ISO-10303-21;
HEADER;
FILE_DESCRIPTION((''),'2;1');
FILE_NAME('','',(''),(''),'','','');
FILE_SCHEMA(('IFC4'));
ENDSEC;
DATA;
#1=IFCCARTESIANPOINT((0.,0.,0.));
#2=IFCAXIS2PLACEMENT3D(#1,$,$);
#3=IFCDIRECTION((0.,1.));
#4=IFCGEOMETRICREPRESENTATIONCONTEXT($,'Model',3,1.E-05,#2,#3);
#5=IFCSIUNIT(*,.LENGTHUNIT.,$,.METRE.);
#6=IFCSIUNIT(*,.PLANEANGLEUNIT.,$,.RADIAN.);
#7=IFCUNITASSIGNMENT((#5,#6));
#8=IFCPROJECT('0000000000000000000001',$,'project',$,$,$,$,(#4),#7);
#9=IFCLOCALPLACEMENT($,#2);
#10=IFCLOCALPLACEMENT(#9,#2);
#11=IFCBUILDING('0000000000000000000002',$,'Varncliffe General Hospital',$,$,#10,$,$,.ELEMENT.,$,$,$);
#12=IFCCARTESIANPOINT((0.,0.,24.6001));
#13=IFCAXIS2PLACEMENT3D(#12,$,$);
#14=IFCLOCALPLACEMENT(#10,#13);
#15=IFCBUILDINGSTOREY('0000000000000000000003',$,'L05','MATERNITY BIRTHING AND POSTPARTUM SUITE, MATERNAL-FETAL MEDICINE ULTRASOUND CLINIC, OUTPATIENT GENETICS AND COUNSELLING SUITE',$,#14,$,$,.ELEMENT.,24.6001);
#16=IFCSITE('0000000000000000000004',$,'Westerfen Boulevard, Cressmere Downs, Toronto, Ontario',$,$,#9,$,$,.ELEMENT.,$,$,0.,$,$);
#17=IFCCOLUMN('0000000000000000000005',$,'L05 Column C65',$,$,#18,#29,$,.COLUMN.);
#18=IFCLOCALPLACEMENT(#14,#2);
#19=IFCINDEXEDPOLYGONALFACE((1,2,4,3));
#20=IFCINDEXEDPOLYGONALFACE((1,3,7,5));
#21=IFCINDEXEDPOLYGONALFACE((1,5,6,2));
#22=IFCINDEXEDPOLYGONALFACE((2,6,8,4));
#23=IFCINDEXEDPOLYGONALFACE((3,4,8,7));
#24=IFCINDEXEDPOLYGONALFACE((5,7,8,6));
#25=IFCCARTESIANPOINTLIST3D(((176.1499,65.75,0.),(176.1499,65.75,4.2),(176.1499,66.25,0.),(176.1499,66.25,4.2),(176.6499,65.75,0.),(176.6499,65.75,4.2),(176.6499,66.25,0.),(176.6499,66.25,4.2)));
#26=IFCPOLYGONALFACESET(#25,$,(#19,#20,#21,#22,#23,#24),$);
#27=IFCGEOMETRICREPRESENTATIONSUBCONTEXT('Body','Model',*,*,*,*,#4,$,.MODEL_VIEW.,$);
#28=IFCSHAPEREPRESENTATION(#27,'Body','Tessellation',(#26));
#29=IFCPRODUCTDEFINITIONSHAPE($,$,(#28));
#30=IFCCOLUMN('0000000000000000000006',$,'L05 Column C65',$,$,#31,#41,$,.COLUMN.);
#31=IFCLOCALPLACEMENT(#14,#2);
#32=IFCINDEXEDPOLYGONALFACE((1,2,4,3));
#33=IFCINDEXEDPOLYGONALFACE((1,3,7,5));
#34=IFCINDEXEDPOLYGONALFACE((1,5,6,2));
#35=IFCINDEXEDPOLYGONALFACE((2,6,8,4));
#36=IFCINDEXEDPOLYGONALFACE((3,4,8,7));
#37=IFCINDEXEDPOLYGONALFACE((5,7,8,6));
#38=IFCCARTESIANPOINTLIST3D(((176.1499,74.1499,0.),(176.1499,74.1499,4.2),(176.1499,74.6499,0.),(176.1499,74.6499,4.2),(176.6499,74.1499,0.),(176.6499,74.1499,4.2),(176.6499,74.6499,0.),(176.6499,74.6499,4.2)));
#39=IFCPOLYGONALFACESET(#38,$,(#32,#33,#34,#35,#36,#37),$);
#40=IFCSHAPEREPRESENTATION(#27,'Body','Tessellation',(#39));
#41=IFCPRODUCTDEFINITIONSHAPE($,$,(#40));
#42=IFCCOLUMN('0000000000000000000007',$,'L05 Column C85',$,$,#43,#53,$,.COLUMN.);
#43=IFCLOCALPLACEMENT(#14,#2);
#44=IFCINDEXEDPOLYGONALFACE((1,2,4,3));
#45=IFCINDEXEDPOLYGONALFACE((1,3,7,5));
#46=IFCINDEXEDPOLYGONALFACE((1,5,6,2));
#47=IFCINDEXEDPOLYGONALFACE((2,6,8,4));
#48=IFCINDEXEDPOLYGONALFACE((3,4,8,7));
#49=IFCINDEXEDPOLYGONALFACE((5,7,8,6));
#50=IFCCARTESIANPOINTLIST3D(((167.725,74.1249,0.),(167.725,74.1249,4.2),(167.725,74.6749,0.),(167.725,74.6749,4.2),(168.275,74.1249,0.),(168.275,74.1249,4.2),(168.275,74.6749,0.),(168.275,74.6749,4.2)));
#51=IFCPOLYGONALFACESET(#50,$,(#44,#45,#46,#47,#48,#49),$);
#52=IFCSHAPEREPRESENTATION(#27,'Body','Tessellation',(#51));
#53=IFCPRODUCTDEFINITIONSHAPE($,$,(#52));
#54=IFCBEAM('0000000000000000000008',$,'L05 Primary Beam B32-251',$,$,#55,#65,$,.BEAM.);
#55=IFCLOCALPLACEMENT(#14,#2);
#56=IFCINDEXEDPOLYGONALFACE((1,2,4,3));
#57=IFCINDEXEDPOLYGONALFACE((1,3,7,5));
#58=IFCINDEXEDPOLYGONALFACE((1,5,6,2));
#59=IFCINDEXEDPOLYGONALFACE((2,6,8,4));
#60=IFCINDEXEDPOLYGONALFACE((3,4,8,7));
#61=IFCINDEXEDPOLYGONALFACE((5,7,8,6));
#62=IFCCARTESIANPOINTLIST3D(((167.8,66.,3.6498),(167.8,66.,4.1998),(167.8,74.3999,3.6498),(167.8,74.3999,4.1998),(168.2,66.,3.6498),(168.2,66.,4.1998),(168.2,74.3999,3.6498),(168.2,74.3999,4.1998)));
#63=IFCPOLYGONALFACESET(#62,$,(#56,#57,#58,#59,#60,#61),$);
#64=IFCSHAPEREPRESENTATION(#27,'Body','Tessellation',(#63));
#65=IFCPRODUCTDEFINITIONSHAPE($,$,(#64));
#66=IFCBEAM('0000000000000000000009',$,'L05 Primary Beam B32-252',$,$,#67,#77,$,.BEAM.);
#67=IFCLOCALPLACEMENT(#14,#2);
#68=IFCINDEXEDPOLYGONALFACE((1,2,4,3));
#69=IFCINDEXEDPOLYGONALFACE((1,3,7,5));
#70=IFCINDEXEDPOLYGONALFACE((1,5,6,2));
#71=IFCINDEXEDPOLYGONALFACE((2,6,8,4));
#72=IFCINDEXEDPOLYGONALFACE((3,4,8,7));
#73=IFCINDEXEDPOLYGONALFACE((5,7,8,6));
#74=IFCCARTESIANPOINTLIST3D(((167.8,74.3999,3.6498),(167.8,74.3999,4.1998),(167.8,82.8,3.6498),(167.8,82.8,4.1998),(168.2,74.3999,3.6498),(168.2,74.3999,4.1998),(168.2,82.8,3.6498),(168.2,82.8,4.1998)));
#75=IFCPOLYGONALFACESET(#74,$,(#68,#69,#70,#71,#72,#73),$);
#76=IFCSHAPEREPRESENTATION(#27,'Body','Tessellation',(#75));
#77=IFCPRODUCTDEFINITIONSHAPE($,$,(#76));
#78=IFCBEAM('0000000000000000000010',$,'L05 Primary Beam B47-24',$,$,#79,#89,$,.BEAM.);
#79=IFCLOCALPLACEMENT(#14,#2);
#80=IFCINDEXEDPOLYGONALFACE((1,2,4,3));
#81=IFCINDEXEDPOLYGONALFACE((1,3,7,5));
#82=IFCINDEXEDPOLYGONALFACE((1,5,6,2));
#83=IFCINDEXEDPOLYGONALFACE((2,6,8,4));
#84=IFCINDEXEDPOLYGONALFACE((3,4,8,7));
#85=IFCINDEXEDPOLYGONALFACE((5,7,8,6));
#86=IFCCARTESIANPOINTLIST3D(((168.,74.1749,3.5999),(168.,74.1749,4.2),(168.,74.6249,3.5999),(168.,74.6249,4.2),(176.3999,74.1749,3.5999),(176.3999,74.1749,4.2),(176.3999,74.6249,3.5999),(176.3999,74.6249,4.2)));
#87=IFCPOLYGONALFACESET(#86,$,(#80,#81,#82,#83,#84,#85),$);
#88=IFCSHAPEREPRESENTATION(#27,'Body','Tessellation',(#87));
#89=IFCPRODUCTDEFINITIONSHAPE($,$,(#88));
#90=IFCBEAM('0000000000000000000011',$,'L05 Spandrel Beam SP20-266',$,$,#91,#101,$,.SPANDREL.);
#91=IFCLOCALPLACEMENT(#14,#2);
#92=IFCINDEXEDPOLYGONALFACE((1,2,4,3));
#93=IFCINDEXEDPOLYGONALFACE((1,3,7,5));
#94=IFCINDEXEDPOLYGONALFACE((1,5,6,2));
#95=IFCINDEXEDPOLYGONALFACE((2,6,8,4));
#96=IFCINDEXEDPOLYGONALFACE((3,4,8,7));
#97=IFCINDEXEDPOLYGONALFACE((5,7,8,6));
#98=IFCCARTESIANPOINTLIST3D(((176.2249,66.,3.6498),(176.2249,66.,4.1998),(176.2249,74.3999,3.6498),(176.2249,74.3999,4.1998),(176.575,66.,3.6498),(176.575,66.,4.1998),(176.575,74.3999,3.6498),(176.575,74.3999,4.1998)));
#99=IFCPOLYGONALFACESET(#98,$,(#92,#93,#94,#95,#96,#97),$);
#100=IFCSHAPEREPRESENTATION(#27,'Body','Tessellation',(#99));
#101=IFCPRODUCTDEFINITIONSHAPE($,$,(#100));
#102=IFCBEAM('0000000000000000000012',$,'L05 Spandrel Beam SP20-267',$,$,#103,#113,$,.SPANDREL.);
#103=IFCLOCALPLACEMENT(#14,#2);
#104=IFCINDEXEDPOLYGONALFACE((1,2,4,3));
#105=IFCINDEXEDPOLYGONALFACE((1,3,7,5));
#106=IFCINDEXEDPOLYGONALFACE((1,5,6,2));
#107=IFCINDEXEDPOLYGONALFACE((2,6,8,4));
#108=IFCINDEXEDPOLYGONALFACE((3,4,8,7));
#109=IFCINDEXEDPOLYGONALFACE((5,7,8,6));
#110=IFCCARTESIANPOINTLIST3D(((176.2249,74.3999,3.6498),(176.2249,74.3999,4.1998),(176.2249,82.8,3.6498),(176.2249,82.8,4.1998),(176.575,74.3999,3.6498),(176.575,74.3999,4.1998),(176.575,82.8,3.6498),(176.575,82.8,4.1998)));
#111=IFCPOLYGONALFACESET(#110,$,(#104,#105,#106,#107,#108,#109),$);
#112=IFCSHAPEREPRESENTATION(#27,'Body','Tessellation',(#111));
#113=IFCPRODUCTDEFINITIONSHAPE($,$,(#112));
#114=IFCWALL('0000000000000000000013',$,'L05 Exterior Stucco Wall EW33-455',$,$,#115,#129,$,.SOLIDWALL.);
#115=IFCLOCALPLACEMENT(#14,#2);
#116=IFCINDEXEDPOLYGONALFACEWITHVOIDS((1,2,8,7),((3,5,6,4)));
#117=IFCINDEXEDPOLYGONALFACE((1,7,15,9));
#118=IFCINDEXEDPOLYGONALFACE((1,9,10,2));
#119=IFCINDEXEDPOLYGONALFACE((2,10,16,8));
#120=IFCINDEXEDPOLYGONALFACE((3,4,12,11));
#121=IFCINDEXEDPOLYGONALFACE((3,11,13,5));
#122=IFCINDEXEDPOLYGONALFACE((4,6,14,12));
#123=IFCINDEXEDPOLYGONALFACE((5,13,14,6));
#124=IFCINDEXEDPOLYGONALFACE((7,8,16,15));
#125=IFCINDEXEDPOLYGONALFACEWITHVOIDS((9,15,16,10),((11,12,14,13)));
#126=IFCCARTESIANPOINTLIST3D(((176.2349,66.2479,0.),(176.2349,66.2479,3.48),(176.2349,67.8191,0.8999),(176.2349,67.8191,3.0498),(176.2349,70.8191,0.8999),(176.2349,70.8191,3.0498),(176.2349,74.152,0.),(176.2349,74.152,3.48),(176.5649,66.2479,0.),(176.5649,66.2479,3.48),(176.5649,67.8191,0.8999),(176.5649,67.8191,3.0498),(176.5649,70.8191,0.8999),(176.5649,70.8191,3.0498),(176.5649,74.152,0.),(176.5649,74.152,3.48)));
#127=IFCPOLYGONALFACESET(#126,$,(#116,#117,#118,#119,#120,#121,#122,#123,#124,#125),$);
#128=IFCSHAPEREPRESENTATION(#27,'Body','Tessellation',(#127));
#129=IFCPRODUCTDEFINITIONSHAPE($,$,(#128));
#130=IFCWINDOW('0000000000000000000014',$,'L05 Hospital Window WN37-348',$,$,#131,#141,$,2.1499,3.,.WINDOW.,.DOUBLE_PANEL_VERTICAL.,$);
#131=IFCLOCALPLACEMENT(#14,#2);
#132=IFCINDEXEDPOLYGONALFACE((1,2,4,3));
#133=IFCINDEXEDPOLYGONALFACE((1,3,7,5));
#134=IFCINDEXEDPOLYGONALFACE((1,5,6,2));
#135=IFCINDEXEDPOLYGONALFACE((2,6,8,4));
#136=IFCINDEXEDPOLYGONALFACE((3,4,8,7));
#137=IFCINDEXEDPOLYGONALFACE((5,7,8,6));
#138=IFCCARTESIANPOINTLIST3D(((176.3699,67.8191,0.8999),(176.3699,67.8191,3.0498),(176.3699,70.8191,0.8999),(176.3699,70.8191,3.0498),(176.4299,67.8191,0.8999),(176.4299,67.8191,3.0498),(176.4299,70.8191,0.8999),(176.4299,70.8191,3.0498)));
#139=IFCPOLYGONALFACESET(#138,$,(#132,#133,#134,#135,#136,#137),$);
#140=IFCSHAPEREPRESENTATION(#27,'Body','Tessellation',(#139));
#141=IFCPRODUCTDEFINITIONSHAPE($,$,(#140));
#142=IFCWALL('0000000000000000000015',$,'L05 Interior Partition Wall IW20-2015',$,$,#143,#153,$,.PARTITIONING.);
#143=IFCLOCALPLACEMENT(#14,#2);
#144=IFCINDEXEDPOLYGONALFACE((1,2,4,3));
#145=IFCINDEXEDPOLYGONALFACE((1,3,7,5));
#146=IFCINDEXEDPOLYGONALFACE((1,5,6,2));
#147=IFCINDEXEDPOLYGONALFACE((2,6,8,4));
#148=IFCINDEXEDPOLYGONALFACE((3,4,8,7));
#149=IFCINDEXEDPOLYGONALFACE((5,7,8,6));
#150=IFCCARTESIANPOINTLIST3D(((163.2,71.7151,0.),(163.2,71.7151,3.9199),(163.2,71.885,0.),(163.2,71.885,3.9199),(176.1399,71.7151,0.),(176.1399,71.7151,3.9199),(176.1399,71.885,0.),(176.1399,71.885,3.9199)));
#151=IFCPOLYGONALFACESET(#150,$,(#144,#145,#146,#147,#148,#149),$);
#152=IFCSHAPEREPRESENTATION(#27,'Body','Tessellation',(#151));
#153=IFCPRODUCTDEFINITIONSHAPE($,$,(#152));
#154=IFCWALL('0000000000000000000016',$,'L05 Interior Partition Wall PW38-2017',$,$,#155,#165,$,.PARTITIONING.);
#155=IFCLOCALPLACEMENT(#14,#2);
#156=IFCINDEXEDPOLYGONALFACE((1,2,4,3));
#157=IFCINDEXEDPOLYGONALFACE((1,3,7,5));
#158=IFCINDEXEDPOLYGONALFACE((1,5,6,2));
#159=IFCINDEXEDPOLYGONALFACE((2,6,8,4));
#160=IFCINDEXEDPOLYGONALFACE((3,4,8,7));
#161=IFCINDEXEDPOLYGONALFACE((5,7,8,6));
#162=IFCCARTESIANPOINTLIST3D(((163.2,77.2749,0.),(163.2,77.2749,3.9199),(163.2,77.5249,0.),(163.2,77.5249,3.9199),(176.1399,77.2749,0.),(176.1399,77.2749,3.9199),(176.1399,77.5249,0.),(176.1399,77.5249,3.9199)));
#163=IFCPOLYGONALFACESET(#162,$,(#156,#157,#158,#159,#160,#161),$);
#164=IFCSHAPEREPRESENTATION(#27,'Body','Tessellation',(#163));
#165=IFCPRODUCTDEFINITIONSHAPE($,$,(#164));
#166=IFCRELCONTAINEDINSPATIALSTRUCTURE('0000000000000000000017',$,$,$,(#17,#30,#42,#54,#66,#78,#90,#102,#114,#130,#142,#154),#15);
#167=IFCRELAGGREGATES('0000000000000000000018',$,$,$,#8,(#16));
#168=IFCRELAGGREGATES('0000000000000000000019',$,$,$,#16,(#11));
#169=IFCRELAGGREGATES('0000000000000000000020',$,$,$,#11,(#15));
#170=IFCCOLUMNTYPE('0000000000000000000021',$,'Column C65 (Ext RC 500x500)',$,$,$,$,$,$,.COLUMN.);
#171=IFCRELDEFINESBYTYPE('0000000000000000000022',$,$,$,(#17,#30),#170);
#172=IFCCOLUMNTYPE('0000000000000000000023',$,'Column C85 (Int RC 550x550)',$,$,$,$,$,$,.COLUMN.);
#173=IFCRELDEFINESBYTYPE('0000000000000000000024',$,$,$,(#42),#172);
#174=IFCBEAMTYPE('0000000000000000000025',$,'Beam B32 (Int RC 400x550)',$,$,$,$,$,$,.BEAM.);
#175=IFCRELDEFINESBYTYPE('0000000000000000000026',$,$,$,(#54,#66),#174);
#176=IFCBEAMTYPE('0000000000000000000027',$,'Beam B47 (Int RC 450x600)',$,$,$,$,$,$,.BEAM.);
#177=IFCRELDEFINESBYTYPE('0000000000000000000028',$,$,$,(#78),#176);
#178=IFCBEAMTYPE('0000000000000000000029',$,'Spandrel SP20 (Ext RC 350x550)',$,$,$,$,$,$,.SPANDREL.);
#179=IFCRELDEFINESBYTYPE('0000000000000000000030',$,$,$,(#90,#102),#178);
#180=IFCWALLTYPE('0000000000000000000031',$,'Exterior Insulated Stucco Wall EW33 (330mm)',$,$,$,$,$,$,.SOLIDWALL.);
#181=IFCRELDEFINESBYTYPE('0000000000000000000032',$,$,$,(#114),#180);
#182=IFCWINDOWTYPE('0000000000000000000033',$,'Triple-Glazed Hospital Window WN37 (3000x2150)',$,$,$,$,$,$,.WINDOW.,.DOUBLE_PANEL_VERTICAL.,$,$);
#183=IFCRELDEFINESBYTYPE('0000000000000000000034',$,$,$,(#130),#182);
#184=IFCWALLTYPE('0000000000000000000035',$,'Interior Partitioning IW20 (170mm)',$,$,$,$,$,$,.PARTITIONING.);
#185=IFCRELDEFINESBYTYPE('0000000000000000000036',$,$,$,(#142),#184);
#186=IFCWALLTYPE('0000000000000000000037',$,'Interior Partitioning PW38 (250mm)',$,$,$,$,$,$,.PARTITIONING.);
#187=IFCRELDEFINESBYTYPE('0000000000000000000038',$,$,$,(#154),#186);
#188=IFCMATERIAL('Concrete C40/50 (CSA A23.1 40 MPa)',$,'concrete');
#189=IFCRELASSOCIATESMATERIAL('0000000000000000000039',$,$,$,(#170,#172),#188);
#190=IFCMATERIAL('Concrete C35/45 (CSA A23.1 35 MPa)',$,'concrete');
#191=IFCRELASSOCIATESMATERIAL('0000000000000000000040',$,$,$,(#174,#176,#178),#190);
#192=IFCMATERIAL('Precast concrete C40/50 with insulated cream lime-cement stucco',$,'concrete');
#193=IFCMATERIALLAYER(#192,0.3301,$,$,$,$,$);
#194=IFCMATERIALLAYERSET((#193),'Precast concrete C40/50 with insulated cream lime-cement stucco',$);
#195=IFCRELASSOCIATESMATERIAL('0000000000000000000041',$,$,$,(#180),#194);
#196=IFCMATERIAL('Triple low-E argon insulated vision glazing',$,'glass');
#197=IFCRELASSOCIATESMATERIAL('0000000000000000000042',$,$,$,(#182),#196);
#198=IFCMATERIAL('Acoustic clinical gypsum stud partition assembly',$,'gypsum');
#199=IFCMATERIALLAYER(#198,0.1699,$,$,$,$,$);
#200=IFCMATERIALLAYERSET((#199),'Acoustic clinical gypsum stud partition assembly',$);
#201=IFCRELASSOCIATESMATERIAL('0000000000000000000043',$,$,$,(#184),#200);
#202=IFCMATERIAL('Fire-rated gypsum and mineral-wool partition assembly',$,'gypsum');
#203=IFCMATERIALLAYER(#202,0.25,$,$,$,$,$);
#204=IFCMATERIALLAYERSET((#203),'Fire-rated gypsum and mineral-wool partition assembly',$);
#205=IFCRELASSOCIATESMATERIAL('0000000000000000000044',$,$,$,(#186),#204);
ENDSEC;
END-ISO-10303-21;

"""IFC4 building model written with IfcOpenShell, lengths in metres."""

from ifc_helpers import new_model, si_unit, direction, frame, frame_2d, origin, origin_2d, place, context, subcontext, project, spatial, rectangle, extrude, material, layer, layer_set, material_profile, profile_set, type_object, element, fill, save


model = new_model("IFC4")

# Units and contexts
model_context = context("Model", 3, precision=1e-05, world=origin(), true_north=direction((0.0, 1.0)))
body_context = subcontext(model_context, "Body", "Model", "MODEL_VIEW")
ifc_project = project(units=[si_unit("LENGTHUNIT", "METRE"), si_unit("PLANEANGLEUNIT", "RADIAN")], contexts=[model_context])

# Site, building, storey
site_placement = place(None, origin())
site = spatial("IfcSite", under=ifc_project, at=site_placement, Name="Westerfen Boulevard, Cressmere Downs, Toronto, Ontario", CompositionType="ELEMENT", RefElevation=0.0)
building_placement = place(site_placement, origin())
building = spatial("IfcBuilding", under=site, at=building_placement, Name="Varncliffe General Hospital", CompositionType="ELEMENT")
storey_placement = place(building_placement, frame((0.0, 0.0, 24.6001)))
storey = spatial("IfcBuildingStorey", under=building, at=storey_placement, Name="L05", Description="MATERNITY BIRTHING AND POSTPARTUM SUITE, MATERNAL-FETAL MEDICINE ULTRASOUND CLINIC, OUTPATIENT GENETICS AND COUNSELLING SUITE", CompositionType="ELEMENT", Elevation=24.6001)

# Columns
ifc_material_1 = material(Name="Concrete C40/50 (CSA A23.1 40 MPa)", Category="concrete")
ifc_material_profile_1 = material_profile(ifc_material_1, rectangle(XDim=0.5, YDim=0.5, at=origin_2d()), Name="RC 500x500")
ifc_profile_set_1 = profile_set([ifc_material_profile_1], Name="Concrete C40/50 (CSA A23.1 40 MPa)")
column_type_1 = type_object("IfcColumnType", Name="Column C65 (Ext RC 500x500)", PredefinedType="COLUMN", material=ifc_profile_set_1)
for number, where, z_axis, x_axis, name in (
    (1, (176.3999, 66.0, 0.0), (0.0, 0.0, 1.0), (1.0, 0.0, 0.0), "L05 Column C65"),
    (2, (176.3999, 74.3999, 0.0), (0.0, 0.0, 1.0), (1.0, 0.0, 0.0), "L05 Column C65"),
):
    element("IfcColumn", number, at=place(storey_placement, frame(where, z_axis=z_axis, x_axis=x_axis)), inside=storey, type_object=column_type_1, Name=name, PredefinedType="COLUMN", context=body_context, shape_type="SweptSolid", body=[
        extrude(rectangle(XDim=0.5, YDim=0.5, at=origin_2d()), origin(), (0.0, 0.0, 1.0), 4.2),
    ])
ifc_material_profile_2 = material_profile(ifc_material_1, rectangle(XDim=0.55, YDim=0.55, at=origin_2d()), Name="RC 550x550")
ifc_profile_set_2 = profile_set([ifc_material_profile_2], Name="Concrete C40/50 (CSA A23.1 40 MPa)")
column_type_2 = type_object("IfcColumnType", Name="Column C85 (Int RC 550x550)", PredefinedType="COLUMN", material=ifc_profile_set_2)
column_placement = place(storey_placement, frame((168.0, 74.3999, 0.0), z_axis=(0.0, 0.0, 1.0), x_axis=(1.0, 0.0, 0.0)))
element("IfcColumn", 3, at=column_placement, inside=storey, type_object=column_type_2, Name="L05 Column C85", PredefinedType="COLUMN", context=body_context, shape_type="SweptSolid", body=[
    extrude(rectangle(XDim=0.55, YDim=0.55, at=origin_2d()), origin(), (0.0, 0.0, 1.0), 4.2),
])

# Beams
ifc_material_2 = material(Name="Concrete C35/45 (CSA A23.1 35 MPa)", Category="concrete")
ifc_material_profile_3 = material_profile(ifc_material_2, rectangle(XDim=0.3999, YDim=0.55, at=origin_2d()), Name="RC 400x550")
ifc_profile_set_3 = profile_set([ifc_material_profile_3], Name="Concrete C35/45 (CSA A23.1 35 MPa)")
beam_type_1 = type_object("IfcBeamType", Name="Beam B32 (Int RC 400x550)", PredefinedType="BEAM", material=ifc_profile_set_3)
beam_1_placement = place(storey_placement, frame((168.0, 66.0, 3.9248), z_axis=(0.0, 1.0, 0.0), x_axis=(-1.0, 0.0, 0.0)))
element("IfcBeam", 4, at=beam_1_placement, inside=storey, type_object=beam_type_1, Name="L05 Primary Beam B32-251", PredefinedType="BEAM", context=body_context, shape_type="SweptSolid", body=[
    extrude(rectangle(XDim=0.3999, YDim=0.55, at=origin_2d()), origin(), (0.0, 0.0, 1.0), 8.3999),
])
beam_2_placement = place(storey_placement, frame((168.0, 74.3999, 3.9248), z_axis=(0.0, 1.0, 0.0), x_axis=(-1.0, 0.0, 0.0)))
element("IfcBeam", 5, at=beam_2_placement, inside=storey, type_object=beam_type_1, Name="L05 Primary Beam B32-252", PredefinedType="BEAM", context=body_context, shape_type="SweptSolid", body=[
    extrude(rectangle(XDim=0.3999, YDim=0.55, at=origin_2d()), origin(), (0.0, 0.0, 1.0), 8.4001),
])
ifc_material_profile_4 = material_profile(ifc_material_2, rectangle(XDim=0.45, YDim=0.6001, at=origin_2d()), Name="RC 450x600")
ifc_profile_set_4 = profile_set([ifc_material_profile_4], Name="Concrete C35/45 (CSA A23.1 35 MPa)")
beam_type_2 = type_object("IfcBeamType", Name="Beam B47 (Int RC 450x600)", PredefinedType="BEAM", material=ifc_profile_set_4)
beam_3_placement = place(storey_placement, frame((168.0, 74.3999, 3.8999), z_axis=(1.0, 0.0, 0.0), x_axis=(0.0, 1.0, 0.0)))
element("IfcBeam", 6, at=beam_3_placement, inside=storey, type_object=beam_type_2, Name="L05 Primary Beam B47-24", PredefinedType="BEAM", context=body_context, shape_type="SweptSolid", body=[
    extrude(rectangle(XDim=0.45, YDim=0.6001, at=origin_2d()), origin(), (0.0, 0.0, 1.0), 8.3999),
])
ifc_material_profile_5 = material_profile(ifc_material_2, rectangle(XDim=0.3501, YDim=0.55, at=origin_2d()), Name="RC 350x550")
ifc_profile_set_5 = profile_set([ifc_material_profile_5], Name="Concrete C35/45 (CSA A23.1 35 MPa)")
beam_type_3 = type_object("IfcBeamType", Name="Spandrel SP20 (Ext RC 350x550)", PredefinedType="SPANDREL", material=ifc_profile_set_5)
beam_4_placement = place(storey_placement, frame((176.3999, 66.0, 3.9248), z_axis=(0.0, 1.0, 0.0), x_axis=(-1.0, 0.0, 0.0)))
element("IfcBeam", 7, at=beam_4_placement, inside=storey, type_object=beam_type_3, Name="L05 Spandrel Beam SP20-266", PredefinedType="SPANDREL", context=body_context, shape_type="SweptSolid", body=[
    extrude(rectangle(XDim=0.3501, YDim=0.55, at=origin_2d()), origin(), (0.0, 0.0, 1.0), 8.3999),
])
beam_5_placement = place(storey_placement, frame((176.3999, 74.3999, 3.9248), z_axis=(0.0, 1.0, 0.0), x_axis=(-1.0, 0.0, 0.0)))
element("IfcBeam", 8, at=beam_5_placement, inside=storey, type_object=beam_type_3, Name="L05 Spandrel Beam SP20-267", PredefinedType="SPANDREL", context=body_context, shape_type="SweptSolid", body=[
    extrude(rectangle(XDim=0.3501, YDim=0.55, at=origin_2d()), origin(), (0.0, 0.0, 1.0), 8.4001),
])

# Wall, opening, window
ifc_material_3 = material(Name="Precast concrete C40/50 with insulated cream lime-cement stucco", Category="concrete")
ifc_layer_1 = layer(ifc_material_3, 0.3301)
ifc_layer_set_1 = layer_set([ifc_layer_1], Name="Precast concrete C40/50 with insulated cream lime-cement stucco")
wall_type_1 = type_object("IfcWallType", Name="Exterior Insulated Stucco Wall EW33 (330mm)", PredefinedType="SOLIDWALL", material=ifc_layer_set_1)
wall_1_placement = place(storey_placement, frame((176.3999, 74.1521, 0.0), z_axis=(0.0, 0.0, 1.0), x_axis=(0.0, -1.0, 0.0)))
wall_1 = element("IfcWall", 9, at=wall_1_placement, inside=storey, type_object=wall_type_1, Name="L05 Exterior Stucco Wall EW33-455", PredefinedType="SOLIDWALL", context=body_context, shape_type="SweptSolid", body=[
    extrude(rectangle(XDim=7.9041, YDim=0.3301, at=frame_2d((3.9521, 0.0))), origin(), (0.0, 0.0, 1.0), 3.48),
])
opening_1_placement = place(wall_1_placement, frame((3.333, 0.0, 0.8999)))
opening_1 = element("IfcOpeningElement", 10, at=opening_1_placement, cuts=wall_1, PredefinedType="OPENING", context=body_context, shape_type="SweptSolid", body=[
    extrude(rectangle(XDim=3.0, YDim=2.1499, at=frame_2d((1.5, 1.075))), frame((0.0, 0.175, 0.0), z_axis=(0.0, -1.0, 0.0), x_axis=(1.0, 0.0, 0.0)), (0.0, 0.0, 1.0), 0.3501),
])
ifc_material_4 = material(Name="Triple low-E argon insulated vision glazing", Category="glass")
window_type = type_object("IfcWindowType", Name="Triple-Glazed Hospital Window WN37 (3000x2150)", PartitioningType="DOUBLE_PANEL_VERTICAL", PredefinedType="WINDOW", material=ifc_material_4)
window_placement = place(opening_1_placement, origin())
window = element("IfcWindow", 11, at=window_placement, inside=storey, type_object=window_type, Name="L05 Hospital Window WN37-348", OverallHeight=2.1499, OverallWidth=3.0, PartitioningType="DOUBLE_PANEL_VERTICAL", PredefinedType="WINDOW", context=body_context, shape_type="SweptSolid", body=[
    extrude(rectangle(XDim=3.0, YDim=2.1499, at=frame_2d((1.5, 1.075))), frame((0.0, 0.03, 0.0), z_axis=(0.0, -1.0, 0.0), x_axis=(1.0, 0.0, 0.0)), (0.0, 0.0, 1.0), 0.0601),
])
fill(opening_1, window)

# Walls
ifc_material_5 = material(Name="Acoustic clinical gypsum stud partition assembly", Category="gypsum")
ifc_layer_2 = layer(ifc_material_5, 0.1699)
ifc_layer_set_2 = layer_set([ifc_layer_2], Name="Acoustic clinical gypsum stud partition assembly")
wall_type_2 = type_object("IfcWallType", Name="Interior Partitioning IW20 (170mm)", PredefinedType="PARTITIONING", material=ifc_layer_set_2)
wall_2_placement = place(storey_placement, frame((163.2, 71.8, 0.0), z_axis=(0.0, 0.0, 1.0), x_axis=(1.0, 0.0, 0.0)))
element("IfcWall", 12, at=wall_2_placement, inside=storey, type_object=wall_type_2, Name="L05 Interior Partition Wall IW20-2015", PredefinedType="PARTITIONING", context=body_context, shape_type="SweptSolid", body=[
    extrude(rectangle(XDim=12.9399, YDim=0.1699, at=frame_2d((6.47, 0.0))), origin(), (0.0, 0.0, 1.0), 3.9199),
])
ifc_material_6 = material(Name="Fire-rated gypsum and mineral-wool partition assembly", Category="gypsum")
ifc_layer_3 = layer(ifc_material_6, 0.25)
ifc_layer_set_3 = layer_set([ifc_layer_3], Name="Fire-rated gypsum and mineral-wool partition assembly")
wall_type_3 = type_object("IfcWallType", Name="Interior Partitioning PW38 (250mm)", PredefinedType="PARTITIONING", material=ifc_layer_set_3)
wall_3_placement = place(storey_placement, frame((163.2, 77.3999, 0.0), z_axis=(0.0, 0.0, 1.0), x_axis=(1.0, 0.0, 0.0)))
element("IfcWall", 13, at=wall_3_placement, inside=storey, type_object=wall_type_3, Name="L05 Interior Partition Wall PW38-2017", PredefinedType="PARTITIONING", context=body_context, shape_type="SweptSolid", body=[
    extrude(rectangle(XDim=12.9399, YDim=0.25, at=frame_2d((6.47, 0.0))), origin(), (0.0, 0.0, 1.0), 3.9199),
])

save(model, "model.ifc")
